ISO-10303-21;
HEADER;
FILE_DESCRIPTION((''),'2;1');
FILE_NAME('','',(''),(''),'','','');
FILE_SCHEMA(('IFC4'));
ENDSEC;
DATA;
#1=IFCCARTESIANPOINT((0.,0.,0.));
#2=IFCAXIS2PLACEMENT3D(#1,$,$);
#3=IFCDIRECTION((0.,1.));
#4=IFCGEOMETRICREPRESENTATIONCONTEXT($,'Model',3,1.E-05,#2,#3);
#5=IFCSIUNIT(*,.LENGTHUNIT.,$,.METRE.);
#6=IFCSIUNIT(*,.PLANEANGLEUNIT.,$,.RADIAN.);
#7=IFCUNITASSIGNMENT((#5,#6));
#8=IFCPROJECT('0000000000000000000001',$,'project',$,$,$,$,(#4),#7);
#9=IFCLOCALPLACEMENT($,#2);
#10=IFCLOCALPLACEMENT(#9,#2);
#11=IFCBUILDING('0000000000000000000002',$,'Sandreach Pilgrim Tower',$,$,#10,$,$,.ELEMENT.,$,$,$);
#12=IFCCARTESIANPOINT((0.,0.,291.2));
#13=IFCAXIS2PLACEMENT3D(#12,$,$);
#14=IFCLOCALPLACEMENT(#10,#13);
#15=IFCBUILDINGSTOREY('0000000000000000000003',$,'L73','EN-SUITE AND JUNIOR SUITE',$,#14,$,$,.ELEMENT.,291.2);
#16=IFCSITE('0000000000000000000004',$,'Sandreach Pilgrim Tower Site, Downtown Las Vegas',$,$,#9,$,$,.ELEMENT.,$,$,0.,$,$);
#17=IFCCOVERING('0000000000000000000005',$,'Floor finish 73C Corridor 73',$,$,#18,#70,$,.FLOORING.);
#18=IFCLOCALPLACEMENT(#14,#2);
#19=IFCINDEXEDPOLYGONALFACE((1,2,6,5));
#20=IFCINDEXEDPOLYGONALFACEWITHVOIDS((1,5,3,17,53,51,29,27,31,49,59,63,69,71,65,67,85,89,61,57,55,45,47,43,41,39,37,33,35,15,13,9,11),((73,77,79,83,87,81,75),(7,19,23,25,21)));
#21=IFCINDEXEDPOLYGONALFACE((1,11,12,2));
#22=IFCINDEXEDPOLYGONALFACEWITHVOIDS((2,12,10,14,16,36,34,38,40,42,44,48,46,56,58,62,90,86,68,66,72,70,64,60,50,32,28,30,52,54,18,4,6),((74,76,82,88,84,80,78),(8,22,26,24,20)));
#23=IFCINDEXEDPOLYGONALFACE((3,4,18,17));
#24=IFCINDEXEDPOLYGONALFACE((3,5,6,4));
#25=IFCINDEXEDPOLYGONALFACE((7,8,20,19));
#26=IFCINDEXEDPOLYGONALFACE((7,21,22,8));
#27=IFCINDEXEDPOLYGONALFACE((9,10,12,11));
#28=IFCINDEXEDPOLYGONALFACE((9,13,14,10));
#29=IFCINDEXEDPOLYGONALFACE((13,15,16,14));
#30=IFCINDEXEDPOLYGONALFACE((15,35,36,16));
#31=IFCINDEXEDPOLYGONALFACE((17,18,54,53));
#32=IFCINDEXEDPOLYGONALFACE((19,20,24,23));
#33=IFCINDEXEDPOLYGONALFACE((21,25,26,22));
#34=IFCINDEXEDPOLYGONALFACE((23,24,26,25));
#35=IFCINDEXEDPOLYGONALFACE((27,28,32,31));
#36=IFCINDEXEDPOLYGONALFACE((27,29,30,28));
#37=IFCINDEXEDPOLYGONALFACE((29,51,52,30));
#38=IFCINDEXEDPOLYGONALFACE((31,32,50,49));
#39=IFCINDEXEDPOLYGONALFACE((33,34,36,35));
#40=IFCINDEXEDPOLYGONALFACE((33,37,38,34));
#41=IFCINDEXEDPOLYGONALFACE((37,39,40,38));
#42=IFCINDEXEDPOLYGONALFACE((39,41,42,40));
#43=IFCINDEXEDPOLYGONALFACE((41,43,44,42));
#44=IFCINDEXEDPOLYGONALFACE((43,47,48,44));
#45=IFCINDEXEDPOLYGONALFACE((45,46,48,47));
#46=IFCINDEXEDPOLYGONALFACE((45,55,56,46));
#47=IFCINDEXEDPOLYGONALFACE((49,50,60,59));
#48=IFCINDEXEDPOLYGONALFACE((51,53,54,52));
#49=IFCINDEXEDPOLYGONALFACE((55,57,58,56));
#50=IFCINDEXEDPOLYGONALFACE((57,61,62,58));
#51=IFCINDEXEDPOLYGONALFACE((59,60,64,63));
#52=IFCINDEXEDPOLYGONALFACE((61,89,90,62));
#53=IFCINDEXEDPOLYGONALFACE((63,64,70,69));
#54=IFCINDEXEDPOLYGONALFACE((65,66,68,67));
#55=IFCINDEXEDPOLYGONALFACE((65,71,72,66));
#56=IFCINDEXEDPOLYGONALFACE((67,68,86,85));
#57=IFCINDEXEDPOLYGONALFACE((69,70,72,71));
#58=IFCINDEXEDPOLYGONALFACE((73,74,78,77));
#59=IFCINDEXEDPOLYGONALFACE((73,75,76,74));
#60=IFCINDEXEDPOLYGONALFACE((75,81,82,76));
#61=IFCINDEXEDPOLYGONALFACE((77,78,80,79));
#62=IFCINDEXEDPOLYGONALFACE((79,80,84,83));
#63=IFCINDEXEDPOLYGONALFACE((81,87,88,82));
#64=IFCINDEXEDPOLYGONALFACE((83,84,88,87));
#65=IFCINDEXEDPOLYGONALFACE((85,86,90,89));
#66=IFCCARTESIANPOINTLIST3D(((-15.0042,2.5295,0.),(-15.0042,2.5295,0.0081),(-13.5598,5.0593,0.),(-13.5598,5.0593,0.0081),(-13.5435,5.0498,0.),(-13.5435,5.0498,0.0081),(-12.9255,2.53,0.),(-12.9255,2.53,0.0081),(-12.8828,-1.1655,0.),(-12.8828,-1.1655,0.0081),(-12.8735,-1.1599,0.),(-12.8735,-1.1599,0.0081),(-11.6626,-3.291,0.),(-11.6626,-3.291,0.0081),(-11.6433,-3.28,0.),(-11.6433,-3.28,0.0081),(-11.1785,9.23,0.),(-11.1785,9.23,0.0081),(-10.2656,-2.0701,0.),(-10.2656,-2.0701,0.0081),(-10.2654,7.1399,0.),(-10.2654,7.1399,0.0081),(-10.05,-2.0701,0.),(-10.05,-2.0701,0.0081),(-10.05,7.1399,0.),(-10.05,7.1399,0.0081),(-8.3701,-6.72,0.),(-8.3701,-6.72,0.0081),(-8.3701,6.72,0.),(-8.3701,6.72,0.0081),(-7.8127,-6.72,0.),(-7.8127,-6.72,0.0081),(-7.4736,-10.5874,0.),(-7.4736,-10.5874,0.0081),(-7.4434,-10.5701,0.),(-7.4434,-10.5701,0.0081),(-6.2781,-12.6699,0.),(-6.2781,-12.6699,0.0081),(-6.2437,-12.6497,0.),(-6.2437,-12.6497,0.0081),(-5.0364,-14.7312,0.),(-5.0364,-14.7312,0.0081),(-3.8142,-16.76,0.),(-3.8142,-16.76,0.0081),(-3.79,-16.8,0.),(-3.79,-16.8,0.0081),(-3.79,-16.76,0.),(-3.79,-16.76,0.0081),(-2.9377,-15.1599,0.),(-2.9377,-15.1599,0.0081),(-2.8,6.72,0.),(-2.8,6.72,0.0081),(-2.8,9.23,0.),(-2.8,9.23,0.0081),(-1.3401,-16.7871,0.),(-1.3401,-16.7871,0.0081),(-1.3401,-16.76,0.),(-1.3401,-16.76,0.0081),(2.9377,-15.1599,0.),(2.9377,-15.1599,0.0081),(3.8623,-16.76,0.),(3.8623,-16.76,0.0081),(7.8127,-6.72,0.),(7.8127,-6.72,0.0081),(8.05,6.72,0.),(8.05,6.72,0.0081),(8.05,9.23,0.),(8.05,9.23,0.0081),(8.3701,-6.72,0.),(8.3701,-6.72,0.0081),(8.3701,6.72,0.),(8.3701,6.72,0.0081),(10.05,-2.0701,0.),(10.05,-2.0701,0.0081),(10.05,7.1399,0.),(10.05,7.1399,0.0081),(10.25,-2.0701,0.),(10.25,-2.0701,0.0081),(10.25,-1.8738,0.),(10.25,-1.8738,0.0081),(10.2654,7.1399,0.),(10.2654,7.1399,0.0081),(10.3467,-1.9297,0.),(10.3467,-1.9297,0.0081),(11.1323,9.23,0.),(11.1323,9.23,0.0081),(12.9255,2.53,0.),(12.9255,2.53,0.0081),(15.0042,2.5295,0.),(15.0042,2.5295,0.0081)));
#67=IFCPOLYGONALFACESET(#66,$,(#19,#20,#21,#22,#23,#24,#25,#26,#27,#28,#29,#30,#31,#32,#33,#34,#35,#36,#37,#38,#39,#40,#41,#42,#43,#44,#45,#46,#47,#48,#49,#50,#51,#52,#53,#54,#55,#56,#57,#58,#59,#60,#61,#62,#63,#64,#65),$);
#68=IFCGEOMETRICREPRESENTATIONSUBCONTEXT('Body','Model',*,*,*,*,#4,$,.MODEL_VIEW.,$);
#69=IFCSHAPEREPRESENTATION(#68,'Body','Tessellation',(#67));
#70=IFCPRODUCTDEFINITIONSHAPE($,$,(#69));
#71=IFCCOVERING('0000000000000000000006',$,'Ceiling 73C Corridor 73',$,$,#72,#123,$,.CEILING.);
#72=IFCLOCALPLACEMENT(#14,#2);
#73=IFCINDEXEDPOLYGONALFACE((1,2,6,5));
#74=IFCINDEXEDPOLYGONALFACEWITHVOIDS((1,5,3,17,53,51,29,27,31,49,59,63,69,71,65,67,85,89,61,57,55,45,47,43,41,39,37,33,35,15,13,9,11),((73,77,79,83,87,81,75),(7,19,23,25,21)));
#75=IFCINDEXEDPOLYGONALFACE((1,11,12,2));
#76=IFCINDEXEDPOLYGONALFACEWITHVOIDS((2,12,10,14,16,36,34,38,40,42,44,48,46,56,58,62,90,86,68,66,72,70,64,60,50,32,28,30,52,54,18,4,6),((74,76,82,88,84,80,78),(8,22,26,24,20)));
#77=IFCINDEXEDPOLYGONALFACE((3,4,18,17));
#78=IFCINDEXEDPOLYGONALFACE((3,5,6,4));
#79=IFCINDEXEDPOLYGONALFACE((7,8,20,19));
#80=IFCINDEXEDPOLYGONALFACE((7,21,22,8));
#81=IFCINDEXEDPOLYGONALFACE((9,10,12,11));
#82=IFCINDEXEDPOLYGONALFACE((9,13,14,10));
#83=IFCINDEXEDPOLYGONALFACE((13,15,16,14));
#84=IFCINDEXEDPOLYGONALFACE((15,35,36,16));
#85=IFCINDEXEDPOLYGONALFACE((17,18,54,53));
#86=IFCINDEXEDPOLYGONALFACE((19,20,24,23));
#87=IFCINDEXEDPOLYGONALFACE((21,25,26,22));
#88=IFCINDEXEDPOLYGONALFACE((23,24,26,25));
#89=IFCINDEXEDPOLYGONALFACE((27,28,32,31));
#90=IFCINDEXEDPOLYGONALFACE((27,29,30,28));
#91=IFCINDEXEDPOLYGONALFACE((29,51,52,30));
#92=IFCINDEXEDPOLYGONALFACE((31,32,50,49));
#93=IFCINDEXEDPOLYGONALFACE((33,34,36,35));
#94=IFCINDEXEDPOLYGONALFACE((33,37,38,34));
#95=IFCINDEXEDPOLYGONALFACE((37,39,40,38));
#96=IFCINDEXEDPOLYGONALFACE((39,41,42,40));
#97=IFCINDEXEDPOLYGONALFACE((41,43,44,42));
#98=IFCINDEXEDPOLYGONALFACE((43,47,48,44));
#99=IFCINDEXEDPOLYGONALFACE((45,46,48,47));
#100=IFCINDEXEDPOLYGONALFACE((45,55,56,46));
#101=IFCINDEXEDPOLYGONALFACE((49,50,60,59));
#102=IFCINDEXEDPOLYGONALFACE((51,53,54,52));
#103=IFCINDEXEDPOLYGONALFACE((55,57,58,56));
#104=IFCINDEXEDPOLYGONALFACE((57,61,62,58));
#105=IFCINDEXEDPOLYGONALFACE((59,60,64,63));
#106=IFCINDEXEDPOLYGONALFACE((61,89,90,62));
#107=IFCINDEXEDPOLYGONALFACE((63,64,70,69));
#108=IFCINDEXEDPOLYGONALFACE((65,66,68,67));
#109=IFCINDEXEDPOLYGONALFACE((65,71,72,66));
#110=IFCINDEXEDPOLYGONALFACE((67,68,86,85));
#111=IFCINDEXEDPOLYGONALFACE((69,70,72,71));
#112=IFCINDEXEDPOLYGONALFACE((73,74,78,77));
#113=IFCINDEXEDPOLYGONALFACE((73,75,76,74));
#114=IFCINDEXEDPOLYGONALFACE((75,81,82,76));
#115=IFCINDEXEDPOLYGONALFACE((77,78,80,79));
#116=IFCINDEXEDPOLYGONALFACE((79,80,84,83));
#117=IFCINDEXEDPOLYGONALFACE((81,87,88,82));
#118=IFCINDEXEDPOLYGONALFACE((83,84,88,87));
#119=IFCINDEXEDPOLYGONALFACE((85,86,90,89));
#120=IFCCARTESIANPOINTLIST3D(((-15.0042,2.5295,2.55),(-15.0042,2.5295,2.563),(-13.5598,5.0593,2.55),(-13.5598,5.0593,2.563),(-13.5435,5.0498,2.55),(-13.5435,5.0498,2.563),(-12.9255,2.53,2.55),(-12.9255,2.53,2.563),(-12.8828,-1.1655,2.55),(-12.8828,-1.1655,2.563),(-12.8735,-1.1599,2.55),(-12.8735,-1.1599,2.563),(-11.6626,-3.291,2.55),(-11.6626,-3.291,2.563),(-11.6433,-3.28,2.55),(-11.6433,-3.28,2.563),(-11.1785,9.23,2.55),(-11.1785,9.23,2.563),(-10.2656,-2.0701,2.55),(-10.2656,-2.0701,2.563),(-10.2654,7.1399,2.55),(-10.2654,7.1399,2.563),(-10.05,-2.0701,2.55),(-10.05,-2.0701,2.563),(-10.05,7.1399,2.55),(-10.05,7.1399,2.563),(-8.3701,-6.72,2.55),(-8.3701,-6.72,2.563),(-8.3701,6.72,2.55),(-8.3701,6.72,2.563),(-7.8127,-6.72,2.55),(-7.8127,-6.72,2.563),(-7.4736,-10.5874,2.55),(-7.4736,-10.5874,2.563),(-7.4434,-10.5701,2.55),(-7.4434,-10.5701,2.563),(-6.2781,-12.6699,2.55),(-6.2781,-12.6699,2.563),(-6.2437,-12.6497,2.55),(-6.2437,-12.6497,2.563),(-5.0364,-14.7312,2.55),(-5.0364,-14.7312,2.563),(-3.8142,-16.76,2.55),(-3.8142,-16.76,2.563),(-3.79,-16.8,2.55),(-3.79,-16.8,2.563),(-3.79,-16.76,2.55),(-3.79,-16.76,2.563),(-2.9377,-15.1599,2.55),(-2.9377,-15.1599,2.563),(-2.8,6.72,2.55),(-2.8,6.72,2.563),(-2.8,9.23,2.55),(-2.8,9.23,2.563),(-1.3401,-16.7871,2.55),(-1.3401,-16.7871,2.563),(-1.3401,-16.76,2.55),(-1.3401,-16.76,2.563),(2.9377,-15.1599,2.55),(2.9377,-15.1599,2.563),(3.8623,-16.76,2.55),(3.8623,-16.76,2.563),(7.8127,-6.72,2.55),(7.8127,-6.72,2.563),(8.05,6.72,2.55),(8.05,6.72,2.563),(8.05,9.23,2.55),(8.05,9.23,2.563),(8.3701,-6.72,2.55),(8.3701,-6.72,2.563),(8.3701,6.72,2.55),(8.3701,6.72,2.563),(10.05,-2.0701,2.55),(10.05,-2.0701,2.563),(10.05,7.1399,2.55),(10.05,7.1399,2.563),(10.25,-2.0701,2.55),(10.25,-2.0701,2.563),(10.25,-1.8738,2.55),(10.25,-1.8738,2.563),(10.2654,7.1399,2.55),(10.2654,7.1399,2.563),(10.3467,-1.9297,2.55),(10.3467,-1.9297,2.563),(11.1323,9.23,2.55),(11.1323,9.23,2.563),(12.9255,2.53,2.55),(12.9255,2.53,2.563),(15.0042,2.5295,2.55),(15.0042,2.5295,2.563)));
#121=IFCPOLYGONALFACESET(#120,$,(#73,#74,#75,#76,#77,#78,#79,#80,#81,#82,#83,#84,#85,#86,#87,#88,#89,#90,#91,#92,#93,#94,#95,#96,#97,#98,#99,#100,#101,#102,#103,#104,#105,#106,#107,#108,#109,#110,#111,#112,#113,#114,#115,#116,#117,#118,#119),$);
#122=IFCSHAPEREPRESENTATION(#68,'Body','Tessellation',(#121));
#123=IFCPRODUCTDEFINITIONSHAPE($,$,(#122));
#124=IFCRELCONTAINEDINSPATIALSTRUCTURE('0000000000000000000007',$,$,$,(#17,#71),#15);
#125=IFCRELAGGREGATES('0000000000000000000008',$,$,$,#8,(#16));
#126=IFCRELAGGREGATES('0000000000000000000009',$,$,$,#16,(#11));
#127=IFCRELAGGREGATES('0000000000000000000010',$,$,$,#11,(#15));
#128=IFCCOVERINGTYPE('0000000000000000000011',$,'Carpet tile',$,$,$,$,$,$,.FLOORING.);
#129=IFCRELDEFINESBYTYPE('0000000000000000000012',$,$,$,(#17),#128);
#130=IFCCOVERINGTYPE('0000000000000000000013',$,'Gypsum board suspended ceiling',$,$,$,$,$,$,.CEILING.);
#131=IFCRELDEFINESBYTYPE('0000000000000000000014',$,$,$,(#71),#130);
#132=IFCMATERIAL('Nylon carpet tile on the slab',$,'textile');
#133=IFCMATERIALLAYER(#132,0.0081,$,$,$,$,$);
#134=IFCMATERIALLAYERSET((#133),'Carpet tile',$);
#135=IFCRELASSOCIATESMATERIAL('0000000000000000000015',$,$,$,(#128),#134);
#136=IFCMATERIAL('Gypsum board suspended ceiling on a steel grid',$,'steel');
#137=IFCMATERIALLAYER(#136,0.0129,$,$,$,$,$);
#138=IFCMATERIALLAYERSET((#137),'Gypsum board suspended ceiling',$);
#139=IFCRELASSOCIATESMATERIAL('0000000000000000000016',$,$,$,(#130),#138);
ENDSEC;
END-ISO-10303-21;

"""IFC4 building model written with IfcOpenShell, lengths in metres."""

from ifc_helpers import new_model, si_unit, direction, frame, origin, place, context, subcontext, project, spatial, polyline, outline, extrude, material, layer, layer_set, type_object, element, save


model = new_model("IFC4")

# Units and contexts
model_context = context("Model", 3, precision=1e-05, world=origin(), true_north=direction((0.0, 1.0)))
body_context = subcontext(model_context, "Body", "Model", "MODEL_VIEW")
ifc_project = project(units=[si_unit("LENGTHUNIT", "METRE"), si_unit("PLANEANGLEUNIT", "RADIAN")], contexts=[model_context])

# Site, building, storey
site_placement = place(None, origin())
site = spatial("IfcSite", under=ifc_project, at=site_placement, Name="Sandreach Pilgrim Tower Site, Downtown Las Vegas", CompositionType="ELEMENT", RefElevation=0.0)
building_placement = place(site_placement, origin())
building = spatial("IfcBuilding", under=site, at=building_placement, Name="Sandreach Pilgrim Tower", CompositionType="ELEMENT")
storey_placement = place(building_placement, frame((0.0, 0.0, 291.2)))
storey = spatial("IfcBuildingStorey", under=building, at=storey_placement, Name="L73", Description="EN-SUITE AND JUNIOR SUITE", CompositionType="ELEMENT", Elevation=291.2)

# Coverings
ifc_material_1 = material(Name="Nylon carpet tile on the slab", Category="textile")
ifc_layer_1 = layer(ifc_material_1, 0.0081)
ifc_layer_set_1 = layer_set([ifc_layer_1], Name="Carpet tile")
covering_type_1 = type_object("IfcCoveringType", Name="Carpet tile", PredefinedType="FLOORING", material=ifc_layer_set_1)
covering_1_placement = place(storey_placement, origin())
element("IfcCovering", 1, at=covering_1_placement, inside=storey, type_object=covering_type_1, Name="Floor finish 73C Corridor 73", PredefinedType="FLOORING", context=body_context, shape_type="SweptSolid", body=[
    extrude(outline(polyline([(-15.0042, 2.5295), (-13.5435, 5.0498), (-13.5598, 5.0593), (-11.1785, 9.23), (-2.8, 9.23), (-2.8, 6.72), (-8.3701, 6.72), (-8.3701, -6.72), (-7.8127, -6.72), (-2.9377, -15.1599), (2.9377, -15.1599), (7.8127, -6.72), (8.3701, -6.72), (8.3701, 6.72), (8.05, 6.72), (8.05, 9.23), (11.1323, 9.23), (15.0042, 2.5295), (3.8623, -16.76), (-1.3401, -16.76), (-1.3401, -16.7871), (-3.79, -16.8), (-3.79, -16.76), (-3.8142, -16.76), (-5.0364, -14.7312), (-6.2437, -12.6497), (-6.2781, -12.6699), (-7.4736, -10.5874), (-7.4434, -10.5701), (-11.6433, -3.28), (-11.6626, -3.291), (-12.8828, -1.1655), (-12.8735, -1.1599), (-15.0042, 2.5295)]), holes=[polyline([(10.25, -2.0701), (10.25, -1.8738), (10.3467, -1.9297), (12.9255, 2.53), (10.2654, 7.1399), (10.05, 7.1399), (10.05, -2.0701), (10.25, -2.0701)]), polyline([(-12.9255, 2.53), (-10.2656, -2.0701), (-10.05, -2.0701), (-10.05, 7.1399), (-10.2654, 7.1399), (-12.9255, 2.53)])]), origin(), (0.0, 0.0, 1.0), 0.0081),
])
ifc_material_2 = material(Name="Gypsum board suspended ceiling on a steel grid", Category="steel")
ifc_layer_2 = layer(ifc_material_2, 0.0129)
ifc_layer_set_2 = layer_set([ifc_layer_2], Name="Gypsum board suspended ceiling")
covering_type_2 = type_object("IfcCoveringType", Name="Gypsum board suspended ceiling", PredefinedType="CEILING", material=ifc_layer_set_2)
covering_2_placement = place(storey_placement, frame((0.0, 0.0, 2.55)))
element("IfcCovering", 2, at=covering_2_placement, inside=storey, type_object=covering_type_2, Name="Ceiling 73C Corridor 73", PredefinedType="CEILING", context=body_context, shape_type="SweptSolid", body=[
    extrude(outline(polyline([(-15.0042, 2.5295), (-13.5435, 5.0498), (-13.5598, 5.0593), (-11.1785, 9.23), (-2.8, 9.23), (-2.8, 6.72), (-8.3701, 6.72), (-8.3701, -6.72), (-7.8127, -6.72), (-2.9377, -15.1599), (2.9377, -15.1599), (7.8127, -6.72), (8.3701, -6.72), (8.3701, 6.72), (8.05, 6.72), (8.05, 9.23), (11.1323, 9.23), (15.0042, 2.5295), (3.8623, -16.76), (-1.3401, -16.76), (-1.3401, -16.7871), (-3.79, -16.8), (-3.79, -16.76), (-3.8142, -16.76), (-5.0364, -14.7312), (-6.2437, -12.6497), (-6.2781, -12.6699), (-7.4736, -10.5874), (-7.4434, -10.5701), (-11.6433, -3.28), (-11.6626, -3.291), (-12.8828, -1.1655), (-12.8735, -1.1599), (-15.0042, 2.5295)]), holes=[polyline([(10.25, -2.0701), (10.25, -1.8738), (10.3467, -1.9297), (12.9255, 2.53), (10.2654, 7.1399), (10.05, 7.1399), (10.05, -2.0701), (10.25, -2.0701)]), polyline([(-12.9255, 2.53), (-10.2656, -2.0701), (-10.05, -2.0701), (-10.05, 7.1399), (-10.2654, 7.1399), (-12.9255, 2.53)])]), origin(), (0.0, 0.0, 1.0), 0.0129),
])

save(model, "model.ifc")
